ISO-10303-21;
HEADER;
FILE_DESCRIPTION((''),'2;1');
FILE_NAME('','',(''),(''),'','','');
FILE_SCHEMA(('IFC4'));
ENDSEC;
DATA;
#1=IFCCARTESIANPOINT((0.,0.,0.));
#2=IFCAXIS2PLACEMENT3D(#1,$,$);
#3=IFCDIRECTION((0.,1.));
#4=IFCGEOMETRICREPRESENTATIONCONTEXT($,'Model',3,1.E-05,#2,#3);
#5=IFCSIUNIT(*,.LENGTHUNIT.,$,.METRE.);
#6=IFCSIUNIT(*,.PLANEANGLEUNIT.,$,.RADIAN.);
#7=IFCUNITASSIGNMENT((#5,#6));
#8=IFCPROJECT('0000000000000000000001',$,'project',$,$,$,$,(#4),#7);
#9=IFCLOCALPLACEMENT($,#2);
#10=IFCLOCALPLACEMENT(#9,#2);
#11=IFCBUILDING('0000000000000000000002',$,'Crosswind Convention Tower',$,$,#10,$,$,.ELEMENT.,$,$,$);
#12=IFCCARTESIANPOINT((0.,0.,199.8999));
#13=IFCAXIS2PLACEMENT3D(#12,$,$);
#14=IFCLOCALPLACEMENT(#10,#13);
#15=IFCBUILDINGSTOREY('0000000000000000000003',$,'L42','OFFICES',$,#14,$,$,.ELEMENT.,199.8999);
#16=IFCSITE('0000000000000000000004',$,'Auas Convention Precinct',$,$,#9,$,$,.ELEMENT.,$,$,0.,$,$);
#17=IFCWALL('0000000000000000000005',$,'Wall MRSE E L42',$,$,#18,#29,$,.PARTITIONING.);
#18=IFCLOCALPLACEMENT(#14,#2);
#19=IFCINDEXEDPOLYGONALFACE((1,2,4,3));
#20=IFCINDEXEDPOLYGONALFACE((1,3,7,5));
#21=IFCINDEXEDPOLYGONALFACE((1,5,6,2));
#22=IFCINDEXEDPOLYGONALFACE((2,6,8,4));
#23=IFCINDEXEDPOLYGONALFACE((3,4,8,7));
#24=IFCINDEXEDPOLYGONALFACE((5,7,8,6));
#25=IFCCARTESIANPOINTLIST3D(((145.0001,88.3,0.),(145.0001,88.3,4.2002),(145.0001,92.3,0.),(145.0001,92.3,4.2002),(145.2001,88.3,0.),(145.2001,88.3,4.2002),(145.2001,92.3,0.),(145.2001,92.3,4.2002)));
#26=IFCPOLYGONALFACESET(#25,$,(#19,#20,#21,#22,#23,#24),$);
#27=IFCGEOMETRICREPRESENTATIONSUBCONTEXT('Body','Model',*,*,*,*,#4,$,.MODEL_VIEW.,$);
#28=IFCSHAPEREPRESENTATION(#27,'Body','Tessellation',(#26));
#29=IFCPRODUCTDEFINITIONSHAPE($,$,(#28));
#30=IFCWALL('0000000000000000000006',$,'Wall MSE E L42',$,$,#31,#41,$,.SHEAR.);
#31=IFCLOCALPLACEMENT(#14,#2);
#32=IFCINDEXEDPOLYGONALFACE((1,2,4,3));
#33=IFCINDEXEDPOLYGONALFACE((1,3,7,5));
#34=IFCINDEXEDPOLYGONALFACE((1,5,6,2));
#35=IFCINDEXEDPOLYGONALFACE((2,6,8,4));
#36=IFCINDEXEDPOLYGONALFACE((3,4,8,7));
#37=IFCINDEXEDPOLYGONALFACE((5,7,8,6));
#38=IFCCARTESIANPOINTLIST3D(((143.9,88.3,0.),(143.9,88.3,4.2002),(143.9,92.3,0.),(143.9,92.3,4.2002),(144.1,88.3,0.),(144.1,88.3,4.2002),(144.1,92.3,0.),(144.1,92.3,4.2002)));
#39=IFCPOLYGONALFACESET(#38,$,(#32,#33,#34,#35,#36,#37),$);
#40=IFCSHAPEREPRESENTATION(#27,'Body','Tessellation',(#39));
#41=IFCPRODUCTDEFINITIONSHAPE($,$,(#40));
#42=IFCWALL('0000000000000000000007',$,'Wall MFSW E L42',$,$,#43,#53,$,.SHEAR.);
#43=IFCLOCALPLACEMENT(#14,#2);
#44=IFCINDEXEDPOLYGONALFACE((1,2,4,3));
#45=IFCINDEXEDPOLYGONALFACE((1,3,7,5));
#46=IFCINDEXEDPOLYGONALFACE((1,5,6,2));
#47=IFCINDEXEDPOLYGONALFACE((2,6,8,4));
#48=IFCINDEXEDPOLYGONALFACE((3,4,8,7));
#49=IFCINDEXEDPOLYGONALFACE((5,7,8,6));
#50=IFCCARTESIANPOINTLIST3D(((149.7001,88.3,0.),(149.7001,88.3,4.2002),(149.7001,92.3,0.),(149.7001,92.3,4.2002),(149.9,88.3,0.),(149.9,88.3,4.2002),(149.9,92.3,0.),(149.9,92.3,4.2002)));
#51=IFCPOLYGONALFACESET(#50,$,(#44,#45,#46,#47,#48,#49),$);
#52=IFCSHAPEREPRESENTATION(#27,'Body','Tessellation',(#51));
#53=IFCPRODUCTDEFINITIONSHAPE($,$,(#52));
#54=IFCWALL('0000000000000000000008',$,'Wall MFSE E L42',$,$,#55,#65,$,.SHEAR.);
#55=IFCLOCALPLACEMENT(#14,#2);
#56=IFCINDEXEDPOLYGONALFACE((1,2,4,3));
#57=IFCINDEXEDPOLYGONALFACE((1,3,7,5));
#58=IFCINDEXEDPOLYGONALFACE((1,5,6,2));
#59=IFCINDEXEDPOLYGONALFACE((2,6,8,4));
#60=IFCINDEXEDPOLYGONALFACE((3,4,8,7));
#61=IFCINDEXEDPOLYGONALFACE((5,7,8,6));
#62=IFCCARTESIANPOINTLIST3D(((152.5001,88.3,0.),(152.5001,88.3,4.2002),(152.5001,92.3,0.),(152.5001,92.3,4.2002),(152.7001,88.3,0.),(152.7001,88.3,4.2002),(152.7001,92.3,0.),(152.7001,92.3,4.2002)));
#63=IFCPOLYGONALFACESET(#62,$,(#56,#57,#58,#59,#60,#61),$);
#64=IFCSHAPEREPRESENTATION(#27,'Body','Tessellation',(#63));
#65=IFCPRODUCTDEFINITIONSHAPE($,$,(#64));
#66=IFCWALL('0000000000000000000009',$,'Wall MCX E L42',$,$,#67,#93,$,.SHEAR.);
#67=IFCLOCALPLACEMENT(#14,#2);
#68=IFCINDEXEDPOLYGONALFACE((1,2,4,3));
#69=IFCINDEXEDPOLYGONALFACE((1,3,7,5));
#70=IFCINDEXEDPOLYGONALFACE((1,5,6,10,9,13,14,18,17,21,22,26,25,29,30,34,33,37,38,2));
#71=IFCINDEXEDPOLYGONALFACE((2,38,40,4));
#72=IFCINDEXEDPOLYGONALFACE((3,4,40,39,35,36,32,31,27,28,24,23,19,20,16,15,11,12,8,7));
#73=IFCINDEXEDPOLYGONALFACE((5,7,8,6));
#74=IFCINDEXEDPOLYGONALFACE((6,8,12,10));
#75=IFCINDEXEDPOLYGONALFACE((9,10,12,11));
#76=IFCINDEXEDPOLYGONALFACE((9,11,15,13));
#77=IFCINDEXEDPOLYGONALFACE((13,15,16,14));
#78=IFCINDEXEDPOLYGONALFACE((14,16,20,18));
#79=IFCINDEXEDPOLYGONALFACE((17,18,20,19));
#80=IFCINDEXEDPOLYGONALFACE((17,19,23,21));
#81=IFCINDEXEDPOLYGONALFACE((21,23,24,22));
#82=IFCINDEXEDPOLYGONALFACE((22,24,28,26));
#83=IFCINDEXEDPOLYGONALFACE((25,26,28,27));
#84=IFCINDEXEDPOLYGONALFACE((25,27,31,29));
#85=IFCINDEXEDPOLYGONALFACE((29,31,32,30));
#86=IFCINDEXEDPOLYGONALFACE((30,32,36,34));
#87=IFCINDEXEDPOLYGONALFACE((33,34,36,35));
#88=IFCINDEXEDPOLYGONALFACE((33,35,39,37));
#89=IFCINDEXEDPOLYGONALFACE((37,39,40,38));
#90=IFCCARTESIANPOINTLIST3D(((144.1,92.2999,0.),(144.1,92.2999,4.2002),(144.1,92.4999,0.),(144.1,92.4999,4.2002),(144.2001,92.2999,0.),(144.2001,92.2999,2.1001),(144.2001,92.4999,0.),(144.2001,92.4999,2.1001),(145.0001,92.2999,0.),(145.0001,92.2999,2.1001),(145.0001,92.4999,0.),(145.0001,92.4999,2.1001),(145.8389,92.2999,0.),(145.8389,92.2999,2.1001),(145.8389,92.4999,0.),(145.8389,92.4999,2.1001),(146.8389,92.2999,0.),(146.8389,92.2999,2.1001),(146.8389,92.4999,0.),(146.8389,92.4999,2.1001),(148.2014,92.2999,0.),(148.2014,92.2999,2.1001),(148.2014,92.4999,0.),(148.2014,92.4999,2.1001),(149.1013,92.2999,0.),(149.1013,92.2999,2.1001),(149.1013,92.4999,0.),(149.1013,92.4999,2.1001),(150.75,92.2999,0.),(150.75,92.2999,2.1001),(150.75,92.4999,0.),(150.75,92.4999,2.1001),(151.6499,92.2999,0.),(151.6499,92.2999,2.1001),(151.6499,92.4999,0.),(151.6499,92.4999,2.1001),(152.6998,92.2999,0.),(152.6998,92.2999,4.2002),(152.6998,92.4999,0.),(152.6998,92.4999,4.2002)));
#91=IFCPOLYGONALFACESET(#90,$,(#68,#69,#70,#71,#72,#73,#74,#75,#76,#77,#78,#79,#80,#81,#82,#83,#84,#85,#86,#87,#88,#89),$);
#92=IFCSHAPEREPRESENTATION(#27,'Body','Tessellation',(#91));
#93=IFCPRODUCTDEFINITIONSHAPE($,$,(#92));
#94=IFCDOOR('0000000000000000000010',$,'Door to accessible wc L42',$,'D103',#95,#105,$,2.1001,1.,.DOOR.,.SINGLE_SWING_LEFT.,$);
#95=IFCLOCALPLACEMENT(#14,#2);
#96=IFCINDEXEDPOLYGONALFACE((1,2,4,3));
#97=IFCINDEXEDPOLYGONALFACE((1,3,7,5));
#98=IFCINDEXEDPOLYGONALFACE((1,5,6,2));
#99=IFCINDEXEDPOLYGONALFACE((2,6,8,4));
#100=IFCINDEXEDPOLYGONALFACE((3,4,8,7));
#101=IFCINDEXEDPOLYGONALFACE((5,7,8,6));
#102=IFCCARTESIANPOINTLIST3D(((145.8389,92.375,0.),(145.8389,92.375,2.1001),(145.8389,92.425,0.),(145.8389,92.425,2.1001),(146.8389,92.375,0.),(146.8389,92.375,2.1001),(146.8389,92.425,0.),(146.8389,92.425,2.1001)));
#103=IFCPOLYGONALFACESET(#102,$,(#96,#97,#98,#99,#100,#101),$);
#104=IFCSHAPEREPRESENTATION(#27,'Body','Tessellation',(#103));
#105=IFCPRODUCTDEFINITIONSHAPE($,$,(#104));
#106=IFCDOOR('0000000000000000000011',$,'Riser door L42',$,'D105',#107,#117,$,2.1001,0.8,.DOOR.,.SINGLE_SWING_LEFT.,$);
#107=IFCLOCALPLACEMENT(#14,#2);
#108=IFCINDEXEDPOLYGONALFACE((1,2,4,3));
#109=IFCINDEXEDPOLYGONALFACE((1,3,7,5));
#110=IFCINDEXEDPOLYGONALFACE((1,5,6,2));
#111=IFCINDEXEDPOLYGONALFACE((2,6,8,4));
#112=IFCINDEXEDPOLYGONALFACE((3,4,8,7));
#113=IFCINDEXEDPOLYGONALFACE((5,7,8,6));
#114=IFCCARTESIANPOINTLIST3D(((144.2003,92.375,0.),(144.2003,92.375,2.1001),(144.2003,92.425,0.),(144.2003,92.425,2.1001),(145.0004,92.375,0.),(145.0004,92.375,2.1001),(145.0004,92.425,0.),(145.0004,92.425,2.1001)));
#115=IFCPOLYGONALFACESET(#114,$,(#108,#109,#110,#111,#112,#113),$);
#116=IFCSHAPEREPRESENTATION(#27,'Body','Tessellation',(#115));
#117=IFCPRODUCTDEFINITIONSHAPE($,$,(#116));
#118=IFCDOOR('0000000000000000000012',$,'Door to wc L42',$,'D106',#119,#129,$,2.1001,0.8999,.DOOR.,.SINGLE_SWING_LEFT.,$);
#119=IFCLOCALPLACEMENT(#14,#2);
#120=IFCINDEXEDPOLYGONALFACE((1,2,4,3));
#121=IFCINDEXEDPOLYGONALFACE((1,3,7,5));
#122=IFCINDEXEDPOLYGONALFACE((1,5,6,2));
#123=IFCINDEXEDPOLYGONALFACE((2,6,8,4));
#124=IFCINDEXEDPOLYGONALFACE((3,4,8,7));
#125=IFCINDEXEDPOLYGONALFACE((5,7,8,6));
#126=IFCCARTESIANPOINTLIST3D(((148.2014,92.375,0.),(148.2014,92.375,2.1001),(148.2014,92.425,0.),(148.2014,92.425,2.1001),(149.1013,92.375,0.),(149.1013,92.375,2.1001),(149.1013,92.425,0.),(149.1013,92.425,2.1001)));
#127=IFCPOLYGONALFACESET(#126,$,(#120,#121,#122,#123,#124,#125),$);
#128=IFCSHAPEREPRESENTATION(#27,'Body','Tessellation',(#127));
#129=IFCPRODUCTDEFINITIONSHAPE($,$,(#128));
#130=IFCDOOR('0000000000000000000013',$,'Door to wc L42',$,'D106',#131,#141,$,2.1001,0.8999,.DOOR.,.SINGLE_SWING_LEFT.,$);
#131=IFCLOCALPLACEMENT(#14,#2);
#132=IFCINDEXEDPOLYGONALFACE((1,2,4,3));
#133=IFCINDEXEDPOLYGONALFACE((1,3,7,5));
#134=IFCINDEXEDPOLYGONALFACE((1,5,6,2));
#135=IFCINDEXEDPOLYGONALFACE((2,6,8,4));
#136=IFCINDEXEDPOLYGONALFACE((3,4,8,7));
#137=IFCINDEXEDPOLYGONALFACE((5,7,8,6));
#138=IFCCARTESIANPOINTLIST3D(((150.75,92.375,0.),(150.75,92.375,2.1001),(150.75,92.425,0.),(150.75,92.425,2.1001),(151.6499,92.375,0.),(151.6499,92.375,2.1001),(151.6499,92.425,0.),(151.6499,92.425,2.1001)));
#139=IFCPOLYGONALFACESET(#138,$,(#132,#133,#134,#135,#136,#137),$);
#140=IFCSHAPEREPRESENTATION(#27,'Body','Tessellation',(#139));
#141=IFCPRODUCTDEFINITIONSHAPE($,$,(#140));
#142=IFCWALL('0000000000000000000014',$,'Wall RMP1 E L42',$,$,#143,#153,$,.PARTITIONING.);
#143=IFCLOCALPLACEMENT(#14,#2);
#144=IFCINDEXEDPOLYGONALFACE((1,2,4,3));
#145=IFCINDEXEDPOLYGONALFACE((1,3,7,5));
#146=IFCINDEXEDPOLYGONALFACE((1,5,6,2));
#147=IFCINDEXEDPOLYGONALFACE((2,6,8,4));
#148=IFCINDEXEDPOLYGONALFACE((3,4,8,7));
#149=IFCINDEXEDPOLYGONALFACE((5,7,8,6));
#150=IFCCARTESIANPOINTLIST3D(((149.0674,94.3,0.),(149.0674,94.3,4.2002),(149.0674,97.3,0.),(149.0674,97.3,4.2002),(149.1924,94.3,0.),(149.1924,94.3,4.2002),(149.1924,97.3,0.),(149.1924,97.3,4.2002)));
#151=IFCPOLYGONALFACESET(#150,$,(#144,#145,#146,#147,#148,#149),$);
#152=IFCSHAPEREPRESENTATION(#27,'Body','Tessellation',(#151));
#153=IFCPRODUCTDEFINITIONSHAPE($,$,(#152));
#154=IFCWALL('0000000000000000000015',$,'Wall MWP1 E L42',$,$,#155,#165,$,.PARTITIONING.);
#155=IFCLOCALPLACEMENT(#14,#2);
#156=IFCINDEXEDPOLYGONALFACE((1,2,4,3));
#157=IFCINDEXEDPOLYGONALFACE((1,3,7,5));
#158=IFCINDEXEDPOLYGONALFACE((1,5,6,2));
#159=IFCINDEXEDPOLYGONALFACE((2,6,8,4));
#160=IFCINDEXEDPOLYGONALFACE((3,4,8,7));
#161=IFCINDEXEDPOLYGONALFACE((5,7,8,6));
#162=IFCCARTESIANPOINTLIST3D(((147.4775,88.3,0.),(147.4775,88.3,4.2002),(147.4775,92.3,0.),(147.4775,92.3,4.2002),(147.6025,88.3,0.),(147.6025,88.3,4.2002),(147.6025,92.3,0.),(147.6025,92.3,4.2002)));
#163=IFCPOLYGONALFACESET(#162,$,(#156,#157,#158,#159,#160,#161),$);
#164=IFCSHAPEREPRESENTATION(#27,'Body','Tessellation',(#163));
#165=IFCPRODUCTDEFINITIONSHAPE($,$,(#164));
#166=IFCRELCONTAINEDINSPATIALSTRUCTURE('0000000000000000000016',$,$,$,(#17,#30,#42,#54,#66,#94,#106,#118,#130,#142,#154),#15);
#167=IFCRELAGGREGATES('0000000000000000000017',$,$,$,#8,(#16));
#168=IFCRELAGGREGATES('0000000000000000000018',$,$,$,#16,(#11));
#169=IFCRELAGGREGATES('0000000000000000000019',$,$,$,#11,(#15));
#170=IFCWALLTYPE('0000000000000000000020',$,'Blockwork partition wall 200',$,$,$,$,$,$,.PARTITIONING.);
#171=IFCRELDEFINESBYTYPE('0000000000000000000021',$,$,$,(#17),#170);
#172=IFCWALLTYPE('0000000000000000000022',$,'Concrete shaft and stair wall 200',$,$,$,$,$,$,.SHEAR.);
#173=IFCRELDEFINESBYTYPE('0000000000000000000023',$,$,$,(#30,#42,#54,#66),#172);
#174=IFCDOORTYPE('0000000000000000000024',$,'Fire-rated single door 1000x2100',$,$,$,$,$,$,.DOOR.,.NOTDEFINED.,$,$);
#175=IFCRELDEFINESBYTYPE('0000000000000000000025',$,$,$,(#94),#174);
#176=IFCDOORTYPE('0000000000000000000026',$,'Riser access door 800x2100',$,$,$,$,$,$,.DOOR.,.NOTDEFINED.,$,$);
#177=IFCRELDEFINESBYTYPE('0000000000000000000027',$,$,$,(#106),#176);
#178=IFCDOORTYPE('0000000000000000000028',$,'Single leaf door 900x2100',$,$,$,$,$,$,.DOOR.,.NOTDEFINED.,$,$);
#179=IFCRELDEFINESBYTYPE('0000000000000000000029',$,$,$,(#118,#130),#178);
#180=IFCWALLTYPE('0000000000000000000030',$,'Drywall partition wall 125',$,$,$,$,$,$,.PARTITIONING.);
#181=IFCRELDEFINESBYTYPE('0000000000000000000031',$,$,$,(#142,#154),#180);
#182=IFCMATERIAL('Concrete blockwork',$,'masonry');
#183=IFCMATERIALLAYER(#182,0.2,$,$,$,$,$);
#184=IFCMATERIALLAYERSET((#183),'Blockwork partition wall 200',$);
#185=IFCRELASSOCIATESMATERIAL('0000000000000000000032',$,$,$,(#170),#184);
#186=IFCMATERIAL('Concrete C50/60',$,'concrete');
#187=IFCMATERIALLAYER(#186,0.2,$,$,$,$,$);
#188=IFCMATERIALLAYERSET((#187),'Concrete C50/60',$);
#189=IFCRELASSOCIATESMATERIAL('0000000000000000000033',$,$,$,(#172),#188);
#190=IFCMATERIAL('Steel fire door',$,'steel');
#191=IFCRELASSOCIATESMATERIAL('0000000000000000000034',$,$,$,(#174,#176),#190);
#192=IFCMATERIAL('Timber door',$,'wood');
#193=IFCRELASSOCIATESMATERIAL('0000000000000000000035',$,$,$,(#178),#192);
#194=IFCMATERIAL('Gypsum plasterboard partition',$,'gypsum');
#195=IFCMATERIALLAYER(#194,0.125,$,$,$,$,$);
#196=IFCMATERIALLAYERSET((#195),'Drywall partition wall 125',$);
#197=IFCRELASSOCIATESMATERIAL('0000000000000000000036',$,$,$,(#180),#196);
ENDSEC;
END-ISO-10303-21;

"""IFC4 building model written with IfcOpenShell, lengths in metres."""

from ifc_helpers import new_model, si_unit, direction, frame, frame_2d, origin, place, context, subcontext, project, spatial, rectangle, extrude, material, layer, layer_set, type_object, element, fill, save


model = new_model("IFC4")

# Units and contexts
model_context = context("Model", 3, precision=1e-05, world=origin(), true_north=direction((0.0, 1.0)))
body_context = subcontext(model_context, "Body", "Model", "MODEL_VIEW")
ifc_project = project(units=[si_unit("LENGTHUNIT", "METRE"), si_unit("PLANEANGLEUNIT", "RADIAN")], contexts=[model_context])

# Site, building, storey
site_placement = place(None, origin())
site = spatial("IfcSite", under=ifc_project, at=site_placement, Name="Auas Convention Precinct", CompositionType="ELEMENT", RefElevation=0.0)
building_placement = place(site_placement, origin())
building = spatial("IfcBuilding", under=site, at=building_placement, Name="Crosswind Convention Tower", CompositionType="ELEMENT")
storey_placement = place(building_placement, frame((0.0, 0.0, 199.8999)))
storey = spatial("IfcBuildingStorey", under=building, at=storey_placement, Name="L42", Description="OFFICES", CompositionType="ELEMENT", Elevation=199.8999)

# Walls
ifc_material_1 = material(Name="Concrete blockwork", Category="masonry")
ifc_layer_1 = layer(ifc_material_1, 0.2)
ifc_layer_set_1 = layer_set([ifc_layer_1], Name="Blockwork partition wall 200")
wall_type_1 = type_object("IfcWallType", Name="Blockwork partition wall 200", PredefinedType="PARTITIONING", material=ifc_layer_set_1)
wall_1_placement = place(storey_placement, frame((145.1001, 88.3, 0.0), z_axis=(0.0, 0.0, 1.0), x_axis=(0.0, 1.0, 0.0)))
element("IfcWall", 1, at=wall_1_placement, inside=storey, type_object=wall_type_1, Name="Wall MRSE E L42", PredefinedType="PARTITIONING", context=body_context, shape_type="SweptSolid", body=[
    extrude(rectangle(XDim=4.0, YDim=0.2, at=frame_2d((2.0, 0.0))), origin(), (0.0, 0.0, 1.0), 4.2002),
])
ifc_material_2 = material(Name="Concrete C50/60", Category="concrete")
ifc_layer_2 = layer(ifc_material_2, 0.2)
ifc_layer_set_2 = layer_set([ifc_layer_2], Name="Concrete C50/60")
wall_type_2 = type_object("IfcWallType", Name="Concrete shaft and stair wall 200", PredefinedType="SHEAR", material=ifc_layer_set_2)
for number, where, z_axis, x_axis, name in (
    (2, (144.0, 88.3, 0.0), (0.0, 0.0, 1.0), (0.0, 1.0, 0.0), "Wall MSE E L42"),
    (3, (149.8, 88.3, 0.0), (0.0, 0.0, 1.0), (0.0, 1.0, 0.0), "Wall MFSW E L42"),
    (4, (152.6001, 88.3, 0.0), (0.0, 0.0, 1.0), (0.0, 1.0, 0.0), "Wall MFSE E L42"),
):
    element("IfcWall", number, at=place(storey_placement, frame(where, z_axis=z_axis, x_axis=x_axis)), inside=storey, type_object=wall_type_2, Name=name, PredefinedType="SHEAR", context=body_context, shape_type="SweptSolid", body=[
        extrude(rectangle(XDim=4.0, YDim=0.2, at=frame_2d((2.0, 0.0))), origin(), (0.0, 0.0, 1.0), 4.2002),
    ])

# Wall, openings, doors
wall_2_placement = place(storey_placement, frame((144.1001, 92.3999, 0.0), z_axis=(0.0, 0.0, 1.0), x_axis=(1.0, 0.0, 0.0)))
wall_2 = element("IfcWall", 5, at=wall_2_placement, inside=storey, type_object=wall_type_2, Name="Wall MCX E L42", PredefinedType="SHEAR", context=body_context, shape_type="SweptSolid", body=[
    extrude(rectangle(XDim=8.5999, YDim=0.2, at=frame_2d((4.2998, 0.0))), origin(), (0.0, 0.0, 1.0), 4.2002),
])
opening_1_placement = place(wall_2_placement, frame((0.1001, 0.0, 0.0)))
opening_1 = element("IfcOpeningElement", 6, at=opening_1_placement, cuts=wall_2, PredefinedType="OPENING", context=body_context, shape_type="SweptSolid", body=[
    extrude(rectangle(XDim=0.8, YDim=2.1001, at=frame_2d((0.3999, 1.05))), frame((0.0, 0.1099, 0.0), z_axis=(0.0, -1.0, 0.0), x_axis=(1.0, 0.0, 0.0)), (0.0, 0.0, 1.0), 0.22),
])
opening_2_placement = place(wall_2_placement, frame((1.7388, 0.0, 0.0)))
opening_2 = element("IfcOpeningElement", 7, at=opening_2_placement, cuts=wall_2, PredefinedType="OPENING", context=body_context, shape_type="SweptSolid", body=[
    extrude(rectangle(XDim=1.0, YDim=2.1001, at=frame_2d((0.5, 1.05))), frame((0.0, 0.1099, 0.0), z_axis=(0.0, -1.0, 0.0), x_axis=(1.0, 0.0, 0.0)), (0.0, 0.0, 1.0), 0.22),
])
opening_3_placement = place(wall_2_placement, frame((4.1013, 0.0, 0.0)))
opening_3 = element("IfcOpeningElement", 8, at=opening_3_placement, cuts=wall_2, PredefinedType="OPENING", context=body_context, shape_type="SweptSolid", body=[
    extrude(rectangle(XDim=0.8999, YDim=2.1001, at=frame_2d((0.45, 1.05))), frame((0.0, 0.1099, 0.0), z_axis=(0.0, -1.0, 0.0), x_axis=(1.0, 0.0, 0.0)), (0.0, 0.0, 1.0), 0.22),
])
opening_4_placement = place(wall_2_placement, frame((6.6499, 0.0, 0.0)))
opening_4 = element("IfcOpeningElement", 9, at=opening_4_placement, cuts=wall_2, PredefinedType="OPENING", context=body_context, shape_type="SweptSolid", body=[
    extrude(rectangle(XDim=0.8999, YDim=2.1001, at=frame_2d((0.45, 1.05))), frame((0.0, 0.1099, 0.0), z_axis=(0.0, -1.0, 0.0), x_axis=(1.0, 0.0, 0.0)), (0.0, 0.0, 1.0), 0.22),
])
ifc_material_3 = material(Name="Steel fire door", Category="steel")
door_type_1 = type_object("IfcDoorType", Name="Fire-rated single door 1000x2100", OperationType="NOTDEFINED", PredefinedType="DOOR", material=ifc_material_3)
door_1_placement = place(opening_2_placement, frame((1.0, 0.0, 0.0), z_axis=(0.0, 0.0, 1.0), x_axis=(-1.0, 0.0, 0.0)))
door_1 = element("IfcDoor", 10, at=door_1_placement, inside=storey, type_object=door_type_1, Name="Door to accessible wc L42", ObjectType="D103", OperationType="SINGLE_SWING_LEFT", OverallHeight=2.1001, OverallWidth=1.0, PredefinedType="DOOR", context=body_context, shape_type="SweptSolid", body=[
    extrude(rectangle(XDim=1.0, YDim=2.1001, at=frame_2d((0.5, 1.05))), frame((0.0, 0.0249, 0.0), z_axis=(0.0, -1.0, 0.0), x_axis=(1.0, 0.0, 0.0)), (0.0, 0.0, 1.0), 0.05),
])
fill(opening_2, door_1)
door_type_2 = type_object("IfcDoorType", Name="Riser access door 800x2100", OperationType="NOTDEFINED", PredefinedType="DOOR", material=ifc_material_3)
door_2_placement = place(opening_1_placement, frame((0.8, 0.0, 0.0), z_axis=(0.0, 0.0, 1.0), x_axis=(-1.0, 0.0, 0.0)))
door_2 = element("IfcDoor", 11, at=door_2_placement, inside=storey, type_object=door_type_2, Name="Riser door L42", ObjectType="D105", OperationType="SINGLE_SWING_LEFT", OverallHeight=2.1001, OverallWidth=0.8, PredefinedType="DOOR", context=body_context, shape_type="SweptSolid", body=[
    extrude(rectangle(XDim=0.8, YDim=2.1001, at=frame_2d((0.3999, 1.05))), frame((0.0, 0.0249, 0.0), z_axis=(0.0, -1.0, 0.0), x_axis=(1.0, 0.0, 0.0)), (0.0, 0.0, 1.0), 0.05),
])
fill(opening_1, door_2)
ifc_material_4 = material(Name="Timber door", Category="wood")
door_type_3 = type_object("IfcDoorType", Name="Single leaf door 900x2100", OperationType="NOTDEFINED", PredefinedType="DOOR", material=ifc_material_4)
door_3_placement = place(opening_3_placement, frame((0.8999, 0.0, 0.0), z_axis=(0.0, 0.0, 1.0), x_axis=(-1.0, 0.0, 0.0)))
door_3 = element("IfcDoor", 12, at=door_3_placement, inside=storey, type_object=door_type_3, Name="Door to wc L42", ObjectType="D106", OperationType="SINGLE_SWING_LEFT", OverallHeight=2.1001, OverallWidth=0.8999, PredefinedType="DOOR", context=body_context, shape_type="SweptSolid", body=[
    extrude(rectangle(XDim=0.8999, YDim=2.1001, at=frame_2d((0.45, 1.05))), frame((0.0, 0.0249, 0.0), z_axis=(0.0, -1.0, 0.0), x_axis=(1.0, 0.0, 0.0)), (0.0, 0.0, 1.0), 0.05),
])
fill(opening_3, door_3)
door_4_placement = place(opening_4_placement, frame((0.8999, 0.0, 0.0), z_axis=(0.0, 0.0, 1.0), x_axis=(-1.0, 0.0, 0.0)))
door_4 = element("IfcDoor", 13, at=door_4_placement, inside=storey, type_object=door_type_3, Name="Door to wc L42", ObjectType="D106", OperationType="SINGLE_SWING_LEFT", OverallHeight=2.1001, OverallWidth=0.8999, PredefinedType="DOOR", context=body_context, shape_type="SweptSolid", body=[
    extrude(rectangle(XDim=0.8999, YDim=2.1001, at=frame_2d((0.45, 1.05))), frame((0.0, 0.0249, 0.0), z_axis=(0.0, -1.0, 0.0), x_axis=(1.0, 0.0, 0.0)), (0.0, 0.0, 1.0), 0.05),
])
fill(opening_4, door_4)

# Walls
ifc_material_5 = material(Name="Gypsum plasterboard partition", Category="gypsum")
ifc_layer_3 = layer(ifc_material_5, 0.125)
ifc_layer_set_3 = layer_set([ifc_layer_3], Name="Drywall partition wall 125")
wall_type_3 = type_object("IfcWallType", Name="Drywall partition wall 125", PredefinedType="PARTITIONING", material=ifc_layer_set_3)
wall_3_placement = place(storey_placement, frame((149.1299, 94.3, 0.0), z_axis=(0.0, 0.0, 1.0), x_axis=(0.0, 1.0, 0.0)))
element("IfcWall", 14, at=wall_3_placement, inside=storey, type_object=wall_type_3, Name="Wall RMP1 E L42", PredefinedType="PARTITIONING", context=body_context, shape_type="SweptSolid", body=[
    extrude(rectangle(XDim=3.0, YDim=0.125, at=frame_2d((1.5, 0.0))), origin(), (0.0, 0.0, 1.0), 4.2002),
])
wall_4_placement = place(storey_placement, frame((147.54, 88.3, 0.0), z_axis=(0.0, 0.0, 1.0), x_axis=(0.0, 1.0, 0.0)))
element("IfcWall", 15, at=wall_4_placement, inside=storey, type_object=wall_type_3, Name="Wall MWP1 E L42", PredefinedType="PARTITIONING", context=body_context, shape_type="SweptSolid", body=[
    extrude(rectangle(XDim=4.0, YDim=0.125, at=frame_2d((2.0, 0.0))), origin(), (0.0, 0.0, 1.0), 4.2002),
])

save(model, "model.ifc")
